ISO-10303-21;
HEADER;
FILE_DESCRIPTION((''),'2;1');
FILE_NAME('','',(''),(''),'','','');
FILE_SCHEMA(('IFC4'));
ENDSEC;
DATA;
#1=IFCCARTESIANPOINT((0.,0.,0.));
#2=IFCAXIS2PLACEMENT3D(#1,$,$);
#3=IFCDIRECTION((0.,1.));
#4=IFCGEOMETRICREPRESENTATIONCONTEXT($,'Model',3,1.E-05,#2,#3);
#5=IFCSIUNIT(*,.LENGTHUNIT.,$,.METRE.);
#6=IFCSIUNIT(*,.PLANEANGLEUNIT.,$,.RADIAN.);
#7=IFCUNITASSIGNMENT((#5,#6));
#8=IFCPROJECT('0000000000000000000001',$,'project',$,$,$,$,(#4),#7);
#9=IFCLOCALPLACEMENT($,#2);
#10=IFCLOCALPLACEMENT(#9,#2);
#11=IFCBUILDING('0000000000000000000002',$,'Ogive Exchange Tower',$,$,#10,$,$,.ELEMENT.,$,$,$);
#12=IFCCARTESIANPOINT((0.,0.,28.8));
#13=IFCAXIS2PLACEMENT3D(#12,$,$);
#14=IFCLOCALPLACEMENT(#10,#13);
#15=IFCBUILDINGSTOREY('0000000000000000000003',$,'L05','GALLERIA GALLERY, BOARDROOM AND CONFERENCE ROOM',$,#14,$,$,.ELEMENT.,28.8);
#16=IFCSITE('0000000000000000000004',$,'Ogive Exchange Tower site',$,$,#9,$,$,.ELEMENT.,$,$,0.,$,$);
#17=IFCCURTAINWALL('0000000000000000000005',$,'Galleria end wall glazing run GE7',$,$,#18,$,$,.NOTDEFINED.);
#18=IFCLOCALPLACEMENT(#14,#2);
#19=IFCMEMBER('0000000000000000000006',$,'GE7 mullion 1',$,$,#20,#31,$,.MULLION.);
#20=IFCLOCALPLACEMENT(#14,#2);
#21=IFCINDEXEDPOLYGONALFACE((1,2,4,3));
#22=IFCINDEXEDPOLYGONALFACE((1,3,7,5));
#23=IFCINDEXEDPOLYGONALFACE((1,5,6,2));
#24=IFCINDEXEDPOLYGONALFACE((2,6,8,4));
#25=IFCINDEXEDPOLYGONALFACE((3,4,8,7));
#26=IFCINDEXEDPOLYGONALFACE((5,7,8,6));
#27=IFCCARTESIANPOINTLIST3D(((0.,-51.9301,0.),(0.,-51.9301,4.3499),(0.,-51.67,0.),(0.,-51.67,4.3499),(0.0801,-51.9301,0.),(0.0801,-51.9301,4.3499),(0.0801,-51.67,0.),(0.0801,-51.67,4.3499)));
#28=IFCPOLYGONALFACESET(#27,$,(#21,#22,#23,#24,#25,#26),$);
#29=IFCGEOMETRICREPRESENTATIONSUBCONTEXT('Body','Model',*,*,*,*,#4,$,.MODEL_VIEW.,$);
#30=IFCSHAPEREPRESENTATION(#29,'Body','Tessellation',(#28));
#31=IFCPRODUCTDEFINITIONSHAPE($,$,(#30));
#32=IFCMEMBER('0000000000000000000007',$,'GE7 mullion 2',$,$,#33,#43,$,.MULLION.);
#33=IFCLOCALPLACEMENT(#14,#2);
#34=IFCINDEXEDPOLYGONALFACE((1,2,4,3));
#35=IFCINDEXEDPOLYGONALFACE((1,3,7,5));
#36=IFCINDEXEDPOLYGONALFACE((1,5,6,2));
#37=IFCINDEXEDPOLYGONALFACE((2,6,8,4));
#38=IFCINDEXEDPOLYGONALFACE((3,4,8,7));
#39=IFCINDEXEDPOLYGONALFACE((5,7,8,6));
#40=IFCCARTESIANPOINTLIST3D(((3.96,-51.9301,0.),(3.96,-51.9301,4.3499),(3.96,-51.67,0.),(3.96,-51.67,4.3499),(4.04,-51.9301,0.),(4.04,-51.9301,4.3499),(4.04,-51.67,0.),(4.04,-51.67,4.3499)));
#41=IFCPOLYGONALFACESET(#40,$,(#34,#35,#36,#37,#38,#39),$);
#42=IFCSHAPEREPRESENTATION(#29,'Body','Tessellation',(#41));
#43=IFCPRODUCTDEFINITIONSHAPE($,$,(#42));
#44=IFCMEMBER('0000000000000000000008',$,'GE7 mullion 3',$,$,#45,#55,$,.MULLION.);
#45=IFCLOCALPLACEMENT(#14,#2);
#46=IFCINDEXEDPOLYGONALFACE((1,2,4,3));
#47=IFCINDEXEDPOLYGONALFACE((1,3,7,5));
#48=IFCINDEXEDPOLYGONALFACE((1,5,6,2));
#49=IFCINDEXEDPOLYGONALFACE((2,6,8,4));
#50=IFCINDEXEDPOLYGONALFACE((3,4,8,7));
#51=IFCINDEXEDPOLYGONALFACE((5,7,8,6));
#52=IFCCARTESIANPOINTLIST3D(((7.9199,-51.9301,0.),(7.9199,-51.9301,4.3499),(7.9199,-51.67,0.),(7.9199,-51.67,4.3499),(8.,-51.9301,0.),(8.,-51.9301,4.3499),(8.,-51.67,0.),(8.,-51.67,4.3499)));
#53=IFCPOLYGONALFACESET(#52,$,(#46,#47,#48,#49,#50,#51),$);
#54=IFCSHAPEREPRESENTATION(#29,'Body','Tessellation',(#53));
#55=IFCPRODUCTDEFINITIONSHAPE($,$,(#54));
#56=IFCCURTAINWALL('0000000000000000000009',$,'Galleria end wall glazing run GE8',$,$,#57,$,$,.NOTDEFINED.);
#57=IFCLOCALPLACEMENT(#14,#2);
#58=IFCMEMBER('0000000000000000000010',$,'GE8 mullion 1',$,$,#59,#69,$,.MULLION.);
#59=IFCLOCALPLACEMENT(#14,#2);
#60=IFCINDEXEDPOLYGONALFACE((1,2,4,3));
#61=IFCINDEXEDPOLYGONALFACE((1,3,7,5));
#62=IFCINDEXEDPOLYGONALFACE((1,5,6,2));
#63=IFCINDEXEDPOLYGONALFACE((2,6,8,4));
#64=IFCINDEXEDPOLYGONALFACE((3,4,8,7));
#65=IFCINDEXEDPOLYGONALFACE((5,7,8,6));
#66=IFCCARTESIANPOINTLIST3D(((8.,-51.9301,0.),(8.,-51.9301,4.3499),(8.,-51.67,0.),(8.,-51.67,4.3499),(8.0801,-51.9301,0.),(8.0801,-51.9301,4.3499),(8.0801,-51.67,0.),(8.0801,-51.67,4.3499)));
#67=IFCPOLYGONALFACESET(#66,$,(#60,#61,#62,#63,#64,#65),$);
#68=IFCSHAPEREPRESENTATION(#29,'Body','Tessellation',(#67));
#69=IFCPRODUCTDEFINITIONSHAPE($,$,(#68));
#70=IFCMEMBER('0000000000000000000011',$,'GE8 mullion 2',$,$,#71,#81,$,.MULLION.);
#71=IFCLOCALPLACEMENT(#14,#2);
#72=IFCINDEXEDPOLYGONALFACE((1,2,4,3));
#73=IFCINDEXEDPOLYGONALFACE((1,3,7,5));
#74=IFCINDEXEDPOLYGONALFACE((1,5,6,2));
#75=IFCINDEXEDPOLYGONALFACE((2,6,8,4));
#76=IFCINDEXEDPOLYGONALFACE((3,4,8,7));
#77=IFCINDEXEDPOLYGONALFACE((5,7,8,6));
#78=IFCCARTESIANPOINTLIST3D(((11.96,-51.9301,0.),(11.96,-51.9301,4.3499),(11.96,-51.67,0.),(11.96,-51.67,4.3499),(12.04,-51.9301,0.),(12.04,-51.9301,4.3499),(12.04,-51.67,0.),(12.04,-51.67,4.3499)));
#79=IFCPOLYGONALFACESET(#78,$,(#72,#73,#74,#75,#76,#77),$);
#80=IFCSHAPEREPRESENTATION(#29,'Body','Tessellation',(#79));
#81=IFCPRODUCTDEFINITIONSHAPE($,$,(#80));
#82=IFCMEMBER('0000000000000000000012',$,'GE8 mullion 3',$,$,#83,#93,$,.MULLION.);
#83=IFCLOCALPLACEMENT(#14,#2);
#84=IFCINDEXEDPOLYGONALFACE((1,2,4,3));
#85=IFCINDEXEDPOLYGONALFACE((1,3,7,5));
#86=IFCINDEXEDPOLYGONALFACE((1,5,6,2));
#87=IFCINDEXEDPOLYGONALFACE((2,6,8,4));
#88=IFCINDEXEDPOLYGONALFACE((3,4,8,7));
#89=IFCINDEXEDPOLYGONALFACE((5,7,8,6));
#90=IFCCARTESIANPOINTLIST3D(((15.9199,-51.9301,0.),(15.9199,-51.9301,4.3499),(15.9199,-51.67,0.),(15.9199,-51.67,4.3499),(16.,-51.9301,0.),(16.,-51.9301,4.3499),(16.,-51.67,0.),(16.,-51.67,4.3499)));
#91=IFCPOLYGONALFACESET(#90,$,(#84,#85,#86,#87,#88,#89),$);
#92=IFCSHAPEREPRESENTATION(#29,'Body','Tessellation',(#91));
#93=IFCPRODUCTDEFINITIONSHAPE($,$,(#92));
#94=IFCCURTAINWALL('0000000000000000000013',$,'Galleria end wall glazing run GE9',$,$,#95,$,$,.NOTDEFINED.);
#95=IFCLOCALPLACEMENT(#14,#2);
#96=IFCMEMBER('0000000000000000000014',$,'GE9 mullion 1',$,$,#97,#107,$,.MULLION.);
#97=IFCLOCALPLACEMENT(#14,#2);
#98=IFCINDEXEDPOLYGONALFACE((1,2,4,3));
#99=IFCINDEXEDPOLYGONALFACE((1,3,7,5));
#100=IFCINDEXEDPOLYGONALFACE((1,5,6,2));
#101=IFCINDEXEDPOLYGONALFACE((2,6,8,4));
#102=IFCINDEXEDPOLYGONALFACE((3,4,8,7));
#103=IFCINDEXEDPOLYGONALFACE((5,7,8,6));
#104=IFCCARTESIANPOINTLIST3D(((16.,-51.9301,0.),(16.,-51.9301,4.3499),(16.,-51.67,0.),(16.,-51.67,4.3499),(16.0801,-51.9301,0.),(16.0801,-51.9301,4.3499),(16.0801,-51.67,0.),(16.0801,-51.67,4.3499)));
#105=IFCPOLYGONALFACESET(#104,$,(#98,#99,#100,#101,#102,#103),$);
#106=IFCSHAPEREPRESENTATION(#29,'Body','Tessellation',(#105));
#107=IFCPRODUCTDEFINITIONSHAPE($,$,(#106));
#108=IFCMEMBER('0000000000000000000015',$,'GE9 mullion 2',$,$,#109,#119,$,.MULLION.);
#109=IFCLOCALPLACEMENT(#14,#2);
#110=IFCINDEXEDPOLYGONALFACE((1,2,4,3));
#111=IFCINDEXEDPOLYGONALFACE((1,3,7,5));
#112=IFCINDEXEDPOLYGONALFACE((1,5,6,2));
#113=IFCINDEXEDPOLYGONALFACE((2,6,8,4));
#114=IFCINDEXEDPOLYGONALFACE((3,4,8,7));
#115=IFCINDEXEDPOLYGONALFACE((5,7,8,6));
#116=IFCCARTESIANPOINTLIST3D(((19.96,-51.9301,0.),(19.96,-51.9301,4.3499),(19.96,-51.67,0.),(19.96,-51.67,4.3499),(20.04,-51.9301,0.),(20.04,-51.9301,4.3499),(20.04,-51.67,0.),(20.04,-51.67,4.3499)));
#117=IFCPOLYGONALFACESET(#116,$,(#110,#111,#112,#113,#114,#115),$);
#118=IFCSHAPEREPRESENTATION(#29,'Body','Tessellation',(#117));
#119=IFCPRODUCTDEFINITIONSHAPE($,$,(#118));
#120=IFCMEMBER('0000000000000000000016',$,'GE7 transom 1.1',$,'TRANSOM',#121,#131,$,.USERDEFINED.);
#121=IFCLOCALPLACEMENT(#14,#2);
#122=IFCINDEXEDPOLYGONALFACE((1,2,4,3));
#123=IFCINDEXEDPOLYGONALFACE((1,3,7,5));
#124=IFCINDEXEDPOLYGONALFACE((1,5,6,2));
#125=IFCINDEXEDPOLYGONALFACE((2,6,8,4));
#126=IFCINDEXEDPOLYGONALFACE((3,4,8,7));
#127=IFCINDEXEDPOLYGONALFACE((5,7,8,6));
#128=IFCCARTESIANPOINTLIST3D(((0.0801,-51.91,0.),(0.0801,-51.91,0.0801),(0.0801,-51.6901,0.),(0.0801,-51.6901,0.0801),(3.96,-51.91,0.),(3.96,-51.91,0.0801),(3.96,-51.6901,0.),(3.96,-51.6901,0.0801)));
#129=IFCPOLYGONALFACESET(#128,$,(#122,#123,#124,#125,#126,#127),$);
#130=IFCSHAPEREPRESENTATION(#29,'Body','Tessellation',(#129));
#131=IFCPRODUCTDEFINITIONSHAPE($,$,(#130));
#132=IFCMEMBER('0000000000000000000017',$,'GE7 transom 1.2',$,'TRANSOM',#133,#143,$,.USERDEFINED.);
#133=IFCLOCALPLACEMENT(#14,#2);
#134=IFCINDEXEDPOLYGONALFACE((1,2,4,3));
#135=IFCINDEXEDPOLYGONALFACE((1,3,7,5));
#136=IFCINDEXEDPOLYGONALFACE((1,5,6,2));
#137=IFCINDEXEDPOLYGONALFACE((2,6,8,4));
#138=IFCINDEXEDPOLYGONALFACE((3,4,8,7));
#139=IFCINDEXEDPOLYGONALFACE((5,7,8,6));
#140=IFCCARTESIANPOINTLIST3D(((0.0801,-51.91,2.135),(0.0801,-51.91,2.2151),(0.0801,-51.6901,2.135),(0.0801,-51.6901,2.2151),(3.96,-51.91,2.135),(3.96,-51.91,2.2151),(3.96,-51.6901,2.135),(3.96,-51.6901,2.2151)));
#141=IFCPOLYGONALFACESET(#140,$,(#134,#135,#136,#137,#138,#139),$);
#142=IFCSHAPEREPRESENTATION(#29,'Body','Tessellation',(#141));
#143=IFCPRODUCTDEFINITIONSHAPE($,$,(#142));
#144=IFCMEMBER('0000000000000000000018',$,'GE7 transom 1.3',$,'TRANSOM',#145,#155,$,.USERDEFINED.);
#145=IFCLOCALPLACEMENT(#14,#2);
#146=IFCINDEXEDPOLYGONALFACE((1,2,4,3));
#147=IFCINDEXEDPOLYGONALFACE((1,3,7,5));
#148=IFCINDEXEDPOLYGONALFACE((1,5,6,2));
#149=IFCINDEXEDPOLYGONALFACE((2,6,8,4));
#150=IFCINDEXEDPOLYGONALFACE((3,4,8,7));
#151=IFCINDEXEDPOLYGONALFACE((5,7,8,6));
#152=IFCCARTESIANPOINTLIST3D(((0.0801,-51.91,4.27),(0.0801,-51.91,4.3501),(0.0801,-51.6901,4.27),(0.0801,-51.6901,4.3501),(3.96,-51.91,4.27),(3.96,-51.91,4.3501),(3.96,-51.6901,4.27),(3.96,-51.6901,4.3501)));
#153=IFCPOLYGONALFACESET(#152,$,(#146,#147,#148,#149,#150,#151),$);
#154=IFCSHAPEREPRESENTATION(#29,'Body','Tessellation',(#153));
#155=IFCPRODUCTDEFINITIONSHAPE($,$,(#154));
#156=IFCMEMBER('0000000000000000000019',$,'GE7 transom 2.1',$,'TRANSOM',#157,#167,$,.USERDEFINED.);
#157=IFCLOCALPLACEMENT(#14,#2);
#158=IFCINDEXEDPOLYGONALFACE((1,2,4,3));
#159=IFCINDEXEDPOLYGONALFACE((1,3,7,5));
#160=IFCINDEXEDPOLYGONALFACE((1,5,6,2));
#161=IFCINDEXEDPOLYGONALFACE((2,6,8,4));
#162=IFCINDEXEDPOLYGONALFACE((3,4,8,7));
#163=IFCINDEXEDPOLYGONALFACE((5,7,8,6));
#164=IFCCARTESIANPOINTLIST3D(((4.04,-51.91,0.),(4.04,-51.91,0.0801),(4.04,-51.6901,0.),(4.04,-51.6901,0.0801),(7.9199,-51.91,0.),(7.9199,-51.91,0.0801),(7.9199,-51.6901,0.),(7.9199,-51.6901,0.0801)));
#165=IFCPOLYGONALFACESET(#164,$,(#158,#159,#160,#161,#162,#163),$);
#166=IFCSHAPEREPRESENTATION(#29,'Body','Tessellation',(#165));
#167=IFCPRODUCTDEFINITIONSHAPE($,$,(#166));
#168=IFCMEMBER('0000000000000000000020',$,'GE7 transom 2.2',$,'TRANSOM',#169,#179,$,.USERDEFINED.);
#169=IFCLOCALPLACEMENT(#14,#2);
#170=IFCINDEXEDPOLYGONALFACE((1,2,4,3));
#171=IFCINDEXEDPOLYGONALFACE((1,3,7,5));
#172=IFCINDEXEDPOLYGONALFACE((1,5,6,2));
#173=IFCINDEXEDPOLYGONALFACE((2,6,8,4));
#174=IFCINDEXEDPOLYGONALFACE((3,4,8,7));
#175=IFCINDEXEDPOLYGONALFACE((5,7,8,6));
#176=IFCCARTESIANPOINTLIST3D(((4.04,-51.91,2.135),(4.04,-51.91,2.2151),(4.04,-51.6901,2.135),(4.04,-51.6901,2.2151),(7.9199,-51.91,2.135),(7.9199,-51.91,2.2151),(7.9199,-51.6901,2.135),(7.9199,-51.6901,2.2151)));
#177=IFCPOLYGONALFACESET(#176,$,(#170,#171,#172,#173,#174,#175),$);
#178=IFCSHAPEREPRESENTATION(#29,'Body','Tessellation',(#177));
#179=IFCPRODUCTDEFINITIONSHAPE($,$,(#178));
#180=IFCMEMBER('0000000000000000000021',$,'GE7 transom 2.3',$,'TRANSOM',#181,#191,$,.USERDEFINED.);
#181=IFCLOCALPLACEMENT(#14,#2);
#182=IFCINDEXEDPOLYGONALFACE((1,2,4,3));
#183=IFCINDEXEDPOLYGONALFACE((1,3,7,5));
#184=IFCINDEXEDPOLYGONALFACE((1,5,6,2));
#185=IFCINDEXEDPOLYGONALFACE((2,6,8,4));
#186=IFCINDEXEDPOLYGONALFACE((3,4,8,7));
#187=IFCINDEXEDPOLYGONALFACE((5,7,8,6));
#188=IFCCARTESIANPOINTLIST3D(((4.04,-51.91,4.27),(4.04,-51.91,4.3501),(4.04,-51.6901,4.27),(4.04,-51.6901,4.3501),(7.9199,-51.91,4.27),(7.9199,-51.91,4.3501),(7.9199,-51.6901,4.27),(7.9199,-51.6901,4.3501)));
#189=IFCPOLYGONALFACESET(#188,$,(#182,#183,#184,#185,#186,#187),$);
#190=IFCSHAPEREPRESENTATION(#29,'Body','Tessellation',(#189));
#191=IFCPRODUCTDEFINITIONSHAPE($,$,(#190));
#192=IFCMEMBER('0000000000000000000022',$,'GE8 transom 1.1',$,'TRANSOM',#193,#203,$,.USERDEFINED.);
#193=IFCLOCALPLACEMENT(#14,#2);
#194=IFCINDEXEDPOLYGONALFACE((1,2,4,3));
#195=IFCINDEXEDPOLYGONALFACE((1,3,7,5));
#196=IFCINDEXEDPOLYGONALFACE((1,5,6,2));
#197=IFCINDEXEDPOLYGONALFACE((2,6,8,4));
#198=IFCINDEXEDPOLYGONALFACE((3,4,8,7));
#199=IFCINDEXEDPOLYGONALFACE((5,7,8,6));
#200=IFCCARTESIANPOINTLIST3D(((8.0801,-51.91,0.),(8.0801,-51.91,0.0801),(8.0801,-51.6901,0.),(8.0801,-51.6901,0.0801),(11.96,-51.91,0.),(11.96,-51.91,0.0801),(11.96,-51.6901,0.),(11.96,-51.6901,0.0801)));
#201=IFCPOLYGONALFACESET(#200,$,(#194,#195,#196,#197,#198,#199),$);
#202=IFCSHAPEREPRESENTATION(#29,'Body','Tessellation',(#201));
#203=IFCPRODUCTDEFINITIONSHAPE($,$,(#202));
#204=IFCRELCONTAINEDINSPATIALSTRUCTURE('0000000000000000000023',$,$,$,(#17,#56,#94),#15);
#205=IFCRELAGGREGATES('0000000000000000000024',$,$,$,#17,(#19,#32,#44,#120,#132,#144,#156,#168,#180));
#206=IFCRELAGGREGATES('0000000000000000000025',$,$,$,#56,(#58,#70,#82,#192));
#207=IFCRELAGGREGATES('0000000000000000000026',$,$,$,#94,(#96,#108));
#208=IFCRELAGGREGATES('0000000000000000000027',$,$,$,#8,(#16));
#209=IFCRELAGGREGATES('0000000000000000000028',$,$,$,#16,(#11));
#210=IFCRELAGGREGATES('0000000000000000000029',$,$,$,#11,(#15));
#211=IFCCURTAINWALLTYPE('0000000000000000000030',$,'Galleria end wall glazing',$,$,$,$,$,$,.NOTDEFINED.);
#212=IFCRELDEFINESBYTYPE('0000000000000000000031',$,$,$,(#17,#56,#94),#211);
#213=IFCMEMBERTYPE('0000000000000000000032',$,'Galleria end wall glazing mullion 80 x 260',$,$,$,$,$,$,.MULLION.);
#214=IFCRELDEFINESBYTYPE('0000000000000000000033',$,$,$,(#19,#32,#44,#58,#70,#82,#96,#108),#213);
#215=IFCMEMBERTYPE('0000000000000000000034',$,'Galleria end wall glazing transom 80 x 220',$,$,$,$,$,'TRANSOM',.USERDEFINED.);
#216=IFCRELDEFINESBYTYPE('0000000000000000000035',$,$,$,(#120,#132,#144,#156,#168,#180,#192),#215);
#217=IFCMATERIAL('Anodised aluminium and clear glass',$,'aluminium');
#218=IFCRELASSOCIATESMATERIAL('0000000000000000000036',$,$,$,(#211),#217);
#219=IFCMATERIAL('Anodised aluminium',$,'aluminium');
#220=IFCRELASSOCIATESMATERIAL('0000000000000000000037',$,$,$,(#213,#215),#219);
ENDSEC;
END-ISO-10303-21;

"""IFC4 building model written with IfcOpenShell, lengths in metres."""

from ifc_helpers import new_model, si_unit, direction, frame, origin, origin_2d, place, context, subcontext, project, spatial, rectangle, extrude, material, material_profile, profile_set, type_object, element, aggregate, save


model = new_model("IFC4")

# Units and contexts
model_context = context("Model", 3, precision=1e-05, world=origin(), true_north=direction((0.0, 1.0)))
body_context = subcontext(model_context, "Body", "Model", "MODEL_VIEW")
ifc_project = project(units=[si_unit("LENGTHUNIT", "METRE"), si_unit("PLANEANGLEUNIT", "RADIAN")], contexts=[model_context])

# Site, building, storey
site_placement = place(None, origin())
site = spatial("IfcSite", under=ifc_project, at=site_placement, Name="Ogive Exchange Tower site", CompositionType="ELEMENT", RefElevation=0.0)
building_placement = place(site_placement, origin())
building = spatial("IfcBuilding", under=site, at=building_placement, Name="Ogive Exchange Tower", CompositionType="ELEMENT")
storey_placement = place(building_placement, frame((0.0, 0.0, 28.8)))
storey = spatial("IfcBuildingStorey", under=building, at=storey_placement, Name="L05", Description="GALLERIA GALLERY, BOARDROOM AND CONFERENCE ROOM", CompositionType="ELEMENT", Elevation=28.8)

# Curtain walls, members
ifc_material_1 = material(Name="Anodised aluminium and clear glass", Category="aluminium")
curtain_wall_type = type_object("IfcCurtainWallType", Name="Galleria end wall glazing", PredefinedType="NOTDEFINED", material=ifc_material_1)
curtain_wall_1_placement = place(storey_placement, origin())
curtain_wall_1 = element("IfcCurtainWall", 1, at=curtain_wall_1_placement, inside=storey, type_object=curtain_wall_type, Name="Galleria end wall glazing run GE7", PredefinedType="NOTDEFINED")
ifc_material_2 = material(Name="Anodised aluminium", Category="aluminium")
ifc_material_profile_1 = material_profile(ifc_material_2, rectangle(XDim=0.26, YDim=0.0801, at=origin_2d()), Name="AL 80x260")
ifc_profile_set_1 = profile_set([ifc_material_profile_1], Name="Anodised aluminium")
member_type_1 = type_object("IfcMemberType", Name="Galleria end wall glazing mullion 80 x 260", PredefinedType="MULLION", material=ifc_profile_set_1)
member_1_placement = place(storey_placement, frame((0.04, -51.8, 0.0), z_axis=(0.0, 0.0, 1.0), x_axis=(0.0, 1.0, 0.0)))
member_1 = element("IfcMember", 2, at=member_1_placement, type_object=member_type_1, Name="GE7 mullion 1", PredefinedType="MULLION", context=body_context, shape_type="SweptSolid", body=[
    extrude(rectangle(XDim=0.26, YDim=0.0801, at=origin_2d()), origin(), (0.0, 0.0, 1.0), 4.3499),
])
member_2_placement = place(storey_placement, frame((4.0, -51.8, 0.0), z_axis=(0.0, 0.0, 1.0), x_axis=(0.0, 1.0, 0.0)))
member_2 = element("IfcMember", 3, at=member_2_placement, type_object=member_type_1, Name="GE7 mullion 2", PredefinedType="MULLION", context=body_context, shape_type="SweptSolid", body=[
    extrude(rectangle(XDim=0.26, YDim=0.0801, at=origin_2d()), origin(), (0.0, 0.0, 1.0), 4.3499),
])
member_3_placement = place(storey_placement, frame((7.96, -51.8, 0.0), z_axis=(0.0, 0.0, 1.0), x_axis=(0.0, 1.0, 0.0)))
member_3 = element("IfcMember", 4, at=member_3_placement, type_object=member_type_1, Name="GE7 mullion 3", PredefinedType="MULLION", context=body_context, shape_type="SweptSolid", body=[
    extrude(rectangle(XDim=0.26, YDim=0.0801, at=origin_2d()), origin(), (0.0, 0.0, 1.0), 4.3499),
])
curtain_wall_2_placement = place(storey_placement, origin())
curtain_wall_2 = element("IfcCurtainWall", 5, at=curtain_wall_2_placement, inside=storey, type_object=curtain_wall_type, Name="Galleria end wall glazing run GE8", PredefinedType="NOTDEFINED")
member_4_placement = place(storey_placement, frame((8.04, -51.8, 0.0), z_axis=(0.0, 0.0, 1.0), x_axis=(0.0, 1.0, 0.0)))
member_4 = element("IfcMember", 6, at=member_4_placement, type_object=member_type_1, Name="GE8 mullion 1", PredefinedType="MULLION", context=body_context, shape_type="SweptSolid", body=[
    extrude(rectangle(XDim=0.26, YDim=0.0801, at=origin_2d()), origin(), (0.0, 0.0, 1.0), 4.3499),
])
member_5_placement = place(storey_placement, frame((12.0, -51.8, 0.0), z_axis=(0.0, 0.0, 1.0), x_axis=(0.0, 1.0, 0.0)))
member_5 = element("IfcMember", 7, at=member_5_placement, type_object=member_type_1, Name="GE8 mullion 2", PredefinedType="MULLION", context=body_context, shape_type="SweptSolid", body=[
    extrude(rectangle(XDim=0.26, YDim=0.0801, at=origin_2d()), origin(), (0.0, 0.0, 1.0), 4.3499),
])
member_6_placement = place(storey_placement, frame((15.96, -51.8, 0.0), z_axis=(0.0, 0.0, 1.0), x_axis=(0.0, 1.0, 0.0)))
member_6 = element("IfcMember", 8, at=member_6_placement, type_object=member_type_1, Name="GE8 mullion 3", PredefinedType="MULLION", context=body_context, shape_type="SweptSolid", body=[
    extrude(rectangle(XDim=0.26, YDim=0.0801, at=origin_2d()), origin(), (0.0, 0.0, 1.0), 4.3499),
])
curtain_wall_3_placement = place(storey_placement, origin())
curtain_wall_3 = element("IfcCurtainWall", 9, at=curtain_wall_3_placement, inside=storey, type_object=curtain_wall_type, Name="Galleria end wall glazing run GE9", PredefinedType="NOTDEFINED")
member_7_placement = place(storey_placement, frame((16.04, -51.8, 0.0), z_axis=(0.0, 0.0, 1.0), x_axis=(0.0, 1.0, 0.0)))
member_7 = element("IfcMember", 10, at=member_7_placement, type_object=member_type_1, Name="GE9 mullion 1", PredefinedType="MULLION", context=body_context, shape_type="SweptSolid", body=[
    extrude(rectangle(XDim=0.26, YDim=0.0801, at=origin_2d()), origin(), (0.0, 0.0, 1.0), 4.3499),
])
member_8_placement = place(storey_placement, frame((20.0, -51.8, 0.0), z_axis=(0.0, 0.0, 1.0), x_axis=(0.0, 1.0, 0.0)))
member_8 = element("IfcMember", 11, at=member_8_placement, type_object=member_type_1, Name="GE9 mullion 2", PredefinedType="MULLION", context=body_context, shape_type="SweptSolid", body=[
    extrude(rectangle(XDim=0.26, YDim=0.0801, at=origin_2d()), origin(), (0.0, 0.0, 1.0), 4.3499),
])

# Members
ifc_material_profile_2 = material_profile(ifc_material_2, rectangle(XDim=0.22, YDim=0.0801, at=origin_2d()), Name="AL 80x220")
ifc_profile_set_2 = profile_set([ifc_material_profile_2], Name="Anodised aluminium")
member_type_2 = type_object("IfcMemberType", Name="Galleria end wall glazing transom 80 x 220", ElementType="TRANSOM", PredefinedType="USERDEFINED", material=ifc_profile_set_2)
member_9_placement = place(storey_placement, frame((0.0801, -51.8, 0.04), z_axis=(1.0, 0.0, 0.0), x_axis=(0.0, 1.0, 0.0)))
member_9 = element("IfcMember", 12, at=member_9_placement, type_object=member_type_2, Name="GE7 transom 1.1", ObjectType="TRANSOM", PredefinedType="USERDEFINED", context=body_context, shape_type="SweptSolid", body=[
    extrude(rectangle(XDim=0.22, YDim=0.0801, at=origin_2d()), origin(), (0.0, 0.0, 1.0), 3.8799),
])
member_10_placement = place(storey_placement, frame((0.0801, -51.8, 2.175), z_axis=(1.0, 0.0, 0.0), x_axis=(0.0, 1.0, 0.0)))
member_10 = element("IfcMember", 13, at=member_10_placement, type_object=member_type_2, Name="GE7 transom 1.2", ObjectType="TRANSOM", PredefinedType="USERDEFINED", context=body_context, shape_type="SweptSolid", body=[
    extrude(rectangle(XDim=0.22, YDim=0.0801, at=origin_2d()), origin(), (0.0, 0.0, 1.0), 3.8799),
])
member_11_placement = place(storey_placement, frame((0.0801, -51.8, 4.3101), z_axis=(1.0, 0.0, 0.0), x_axis=(0.0, 1.0, 0.0)))
member_11 = element("IfcMember", 14, at=member_11_placement, type_object=member_type_2, Name="GE7 transom 1.3", ObjectType="TRANSOM", PredefinedType="USERDEFINED", context=body_context, shape_type="SweptSolid", body=[
    extrude(rectangle(XDim=0.22, YDim=0.0801, at=origin_2d()), origin(), (0.0, 0.0, 1.0), 3.8799),
])
member_12_placement = place(storey_placement, frame((4.04, -51.8, 0.04), z_axis=(1.0, 0.0, 0.0), x_axis=(0.0, 1.0, 0.0)))
member_12 = element("IfcMember", 15, at=member_12_placement, type_object=member_type_2, Name="GE7 transom 2.1", ObjectType="TRANSOM", PredefinedType="USERDEFINED", context=body_context, shape_type="SweptSolid", body=[
    extrude(rectangle(XDim=0.22, YDim=0.0801, at=origin_2d()), origin(), (0.0, 0.0, 1.0), 3.8799),
])
member_13_placement = place(storey_placement, frame((4.04, -51.8, 2.175), z_axis=(1.0, 0.0, 0.0), x_axis=(0.0, 1.0, 0.0)))
member_13 = element("IfcMember", 16, at=member_13_placement, type_object=member_type_2, Name="GE7 transom 2.2", ObjectType="TRANSOM", PredefinedType="USERDEFINED", context=body_context, shape_type="SweptSolid", body=[
    extrude(rectangle(XDim=0.22, YDim=0.0801, at=origin_2d()), origin(), (0.0, 0.0, 1.0), 3.8799),
])
member_14_placement = place(storey_placement, frame((4.04, -51.8, 4.3101), z_axis=(1.0, 0.0, 0.0), x_axis=(0.0, 1.0, 0.0)))
member_14 = element("IfcMember", 17, at=member_14_placement, type_object=member_type_2, Name="GE7 transom 2.3", ObjectType="TRANSOM", PredefinedType="USERDEFINED", context=body_context, shape_type="SweptSolid", body=[
    extrude(rectangle(XDim=0.22, YDim=0.0801, at=origin_2d()), origin(), (0.0, 0.0, 1.0), 3.8799),
])
member_15_placement = place(storey_placement, frame((8.0801, -51.8, 0.04), z_axis=(1.0, 0.0, 0.0), x_axis=(0.0, 1.0, 0.0)))
member_15 = element("IfcMember", 18, at=member_15_placement, type_object=member_type_2, Name="GE8 transom 1.1", ObjectType="TRANSOM", PredefinedType="USERDEFINED", context=body_context, shape_type="SweptSolid", body=[
    extrude(rectangle(XDim=0.22, YDim=0.0801, at=origin_2d()), origin(), (0.0, 0.0, 1.0), 3.8799),
])

aggregate(curtain_wall_1, [member_1, member_2, member_3, member_9, member_10, member_11, member_12, member_13, member_14])
aggregate(curtain_wall_2, [member_4, member_5, member_6, member_15])
aggregate(curtain_wall_3, [member_7, member_8])

save(model, "model.ifc")
